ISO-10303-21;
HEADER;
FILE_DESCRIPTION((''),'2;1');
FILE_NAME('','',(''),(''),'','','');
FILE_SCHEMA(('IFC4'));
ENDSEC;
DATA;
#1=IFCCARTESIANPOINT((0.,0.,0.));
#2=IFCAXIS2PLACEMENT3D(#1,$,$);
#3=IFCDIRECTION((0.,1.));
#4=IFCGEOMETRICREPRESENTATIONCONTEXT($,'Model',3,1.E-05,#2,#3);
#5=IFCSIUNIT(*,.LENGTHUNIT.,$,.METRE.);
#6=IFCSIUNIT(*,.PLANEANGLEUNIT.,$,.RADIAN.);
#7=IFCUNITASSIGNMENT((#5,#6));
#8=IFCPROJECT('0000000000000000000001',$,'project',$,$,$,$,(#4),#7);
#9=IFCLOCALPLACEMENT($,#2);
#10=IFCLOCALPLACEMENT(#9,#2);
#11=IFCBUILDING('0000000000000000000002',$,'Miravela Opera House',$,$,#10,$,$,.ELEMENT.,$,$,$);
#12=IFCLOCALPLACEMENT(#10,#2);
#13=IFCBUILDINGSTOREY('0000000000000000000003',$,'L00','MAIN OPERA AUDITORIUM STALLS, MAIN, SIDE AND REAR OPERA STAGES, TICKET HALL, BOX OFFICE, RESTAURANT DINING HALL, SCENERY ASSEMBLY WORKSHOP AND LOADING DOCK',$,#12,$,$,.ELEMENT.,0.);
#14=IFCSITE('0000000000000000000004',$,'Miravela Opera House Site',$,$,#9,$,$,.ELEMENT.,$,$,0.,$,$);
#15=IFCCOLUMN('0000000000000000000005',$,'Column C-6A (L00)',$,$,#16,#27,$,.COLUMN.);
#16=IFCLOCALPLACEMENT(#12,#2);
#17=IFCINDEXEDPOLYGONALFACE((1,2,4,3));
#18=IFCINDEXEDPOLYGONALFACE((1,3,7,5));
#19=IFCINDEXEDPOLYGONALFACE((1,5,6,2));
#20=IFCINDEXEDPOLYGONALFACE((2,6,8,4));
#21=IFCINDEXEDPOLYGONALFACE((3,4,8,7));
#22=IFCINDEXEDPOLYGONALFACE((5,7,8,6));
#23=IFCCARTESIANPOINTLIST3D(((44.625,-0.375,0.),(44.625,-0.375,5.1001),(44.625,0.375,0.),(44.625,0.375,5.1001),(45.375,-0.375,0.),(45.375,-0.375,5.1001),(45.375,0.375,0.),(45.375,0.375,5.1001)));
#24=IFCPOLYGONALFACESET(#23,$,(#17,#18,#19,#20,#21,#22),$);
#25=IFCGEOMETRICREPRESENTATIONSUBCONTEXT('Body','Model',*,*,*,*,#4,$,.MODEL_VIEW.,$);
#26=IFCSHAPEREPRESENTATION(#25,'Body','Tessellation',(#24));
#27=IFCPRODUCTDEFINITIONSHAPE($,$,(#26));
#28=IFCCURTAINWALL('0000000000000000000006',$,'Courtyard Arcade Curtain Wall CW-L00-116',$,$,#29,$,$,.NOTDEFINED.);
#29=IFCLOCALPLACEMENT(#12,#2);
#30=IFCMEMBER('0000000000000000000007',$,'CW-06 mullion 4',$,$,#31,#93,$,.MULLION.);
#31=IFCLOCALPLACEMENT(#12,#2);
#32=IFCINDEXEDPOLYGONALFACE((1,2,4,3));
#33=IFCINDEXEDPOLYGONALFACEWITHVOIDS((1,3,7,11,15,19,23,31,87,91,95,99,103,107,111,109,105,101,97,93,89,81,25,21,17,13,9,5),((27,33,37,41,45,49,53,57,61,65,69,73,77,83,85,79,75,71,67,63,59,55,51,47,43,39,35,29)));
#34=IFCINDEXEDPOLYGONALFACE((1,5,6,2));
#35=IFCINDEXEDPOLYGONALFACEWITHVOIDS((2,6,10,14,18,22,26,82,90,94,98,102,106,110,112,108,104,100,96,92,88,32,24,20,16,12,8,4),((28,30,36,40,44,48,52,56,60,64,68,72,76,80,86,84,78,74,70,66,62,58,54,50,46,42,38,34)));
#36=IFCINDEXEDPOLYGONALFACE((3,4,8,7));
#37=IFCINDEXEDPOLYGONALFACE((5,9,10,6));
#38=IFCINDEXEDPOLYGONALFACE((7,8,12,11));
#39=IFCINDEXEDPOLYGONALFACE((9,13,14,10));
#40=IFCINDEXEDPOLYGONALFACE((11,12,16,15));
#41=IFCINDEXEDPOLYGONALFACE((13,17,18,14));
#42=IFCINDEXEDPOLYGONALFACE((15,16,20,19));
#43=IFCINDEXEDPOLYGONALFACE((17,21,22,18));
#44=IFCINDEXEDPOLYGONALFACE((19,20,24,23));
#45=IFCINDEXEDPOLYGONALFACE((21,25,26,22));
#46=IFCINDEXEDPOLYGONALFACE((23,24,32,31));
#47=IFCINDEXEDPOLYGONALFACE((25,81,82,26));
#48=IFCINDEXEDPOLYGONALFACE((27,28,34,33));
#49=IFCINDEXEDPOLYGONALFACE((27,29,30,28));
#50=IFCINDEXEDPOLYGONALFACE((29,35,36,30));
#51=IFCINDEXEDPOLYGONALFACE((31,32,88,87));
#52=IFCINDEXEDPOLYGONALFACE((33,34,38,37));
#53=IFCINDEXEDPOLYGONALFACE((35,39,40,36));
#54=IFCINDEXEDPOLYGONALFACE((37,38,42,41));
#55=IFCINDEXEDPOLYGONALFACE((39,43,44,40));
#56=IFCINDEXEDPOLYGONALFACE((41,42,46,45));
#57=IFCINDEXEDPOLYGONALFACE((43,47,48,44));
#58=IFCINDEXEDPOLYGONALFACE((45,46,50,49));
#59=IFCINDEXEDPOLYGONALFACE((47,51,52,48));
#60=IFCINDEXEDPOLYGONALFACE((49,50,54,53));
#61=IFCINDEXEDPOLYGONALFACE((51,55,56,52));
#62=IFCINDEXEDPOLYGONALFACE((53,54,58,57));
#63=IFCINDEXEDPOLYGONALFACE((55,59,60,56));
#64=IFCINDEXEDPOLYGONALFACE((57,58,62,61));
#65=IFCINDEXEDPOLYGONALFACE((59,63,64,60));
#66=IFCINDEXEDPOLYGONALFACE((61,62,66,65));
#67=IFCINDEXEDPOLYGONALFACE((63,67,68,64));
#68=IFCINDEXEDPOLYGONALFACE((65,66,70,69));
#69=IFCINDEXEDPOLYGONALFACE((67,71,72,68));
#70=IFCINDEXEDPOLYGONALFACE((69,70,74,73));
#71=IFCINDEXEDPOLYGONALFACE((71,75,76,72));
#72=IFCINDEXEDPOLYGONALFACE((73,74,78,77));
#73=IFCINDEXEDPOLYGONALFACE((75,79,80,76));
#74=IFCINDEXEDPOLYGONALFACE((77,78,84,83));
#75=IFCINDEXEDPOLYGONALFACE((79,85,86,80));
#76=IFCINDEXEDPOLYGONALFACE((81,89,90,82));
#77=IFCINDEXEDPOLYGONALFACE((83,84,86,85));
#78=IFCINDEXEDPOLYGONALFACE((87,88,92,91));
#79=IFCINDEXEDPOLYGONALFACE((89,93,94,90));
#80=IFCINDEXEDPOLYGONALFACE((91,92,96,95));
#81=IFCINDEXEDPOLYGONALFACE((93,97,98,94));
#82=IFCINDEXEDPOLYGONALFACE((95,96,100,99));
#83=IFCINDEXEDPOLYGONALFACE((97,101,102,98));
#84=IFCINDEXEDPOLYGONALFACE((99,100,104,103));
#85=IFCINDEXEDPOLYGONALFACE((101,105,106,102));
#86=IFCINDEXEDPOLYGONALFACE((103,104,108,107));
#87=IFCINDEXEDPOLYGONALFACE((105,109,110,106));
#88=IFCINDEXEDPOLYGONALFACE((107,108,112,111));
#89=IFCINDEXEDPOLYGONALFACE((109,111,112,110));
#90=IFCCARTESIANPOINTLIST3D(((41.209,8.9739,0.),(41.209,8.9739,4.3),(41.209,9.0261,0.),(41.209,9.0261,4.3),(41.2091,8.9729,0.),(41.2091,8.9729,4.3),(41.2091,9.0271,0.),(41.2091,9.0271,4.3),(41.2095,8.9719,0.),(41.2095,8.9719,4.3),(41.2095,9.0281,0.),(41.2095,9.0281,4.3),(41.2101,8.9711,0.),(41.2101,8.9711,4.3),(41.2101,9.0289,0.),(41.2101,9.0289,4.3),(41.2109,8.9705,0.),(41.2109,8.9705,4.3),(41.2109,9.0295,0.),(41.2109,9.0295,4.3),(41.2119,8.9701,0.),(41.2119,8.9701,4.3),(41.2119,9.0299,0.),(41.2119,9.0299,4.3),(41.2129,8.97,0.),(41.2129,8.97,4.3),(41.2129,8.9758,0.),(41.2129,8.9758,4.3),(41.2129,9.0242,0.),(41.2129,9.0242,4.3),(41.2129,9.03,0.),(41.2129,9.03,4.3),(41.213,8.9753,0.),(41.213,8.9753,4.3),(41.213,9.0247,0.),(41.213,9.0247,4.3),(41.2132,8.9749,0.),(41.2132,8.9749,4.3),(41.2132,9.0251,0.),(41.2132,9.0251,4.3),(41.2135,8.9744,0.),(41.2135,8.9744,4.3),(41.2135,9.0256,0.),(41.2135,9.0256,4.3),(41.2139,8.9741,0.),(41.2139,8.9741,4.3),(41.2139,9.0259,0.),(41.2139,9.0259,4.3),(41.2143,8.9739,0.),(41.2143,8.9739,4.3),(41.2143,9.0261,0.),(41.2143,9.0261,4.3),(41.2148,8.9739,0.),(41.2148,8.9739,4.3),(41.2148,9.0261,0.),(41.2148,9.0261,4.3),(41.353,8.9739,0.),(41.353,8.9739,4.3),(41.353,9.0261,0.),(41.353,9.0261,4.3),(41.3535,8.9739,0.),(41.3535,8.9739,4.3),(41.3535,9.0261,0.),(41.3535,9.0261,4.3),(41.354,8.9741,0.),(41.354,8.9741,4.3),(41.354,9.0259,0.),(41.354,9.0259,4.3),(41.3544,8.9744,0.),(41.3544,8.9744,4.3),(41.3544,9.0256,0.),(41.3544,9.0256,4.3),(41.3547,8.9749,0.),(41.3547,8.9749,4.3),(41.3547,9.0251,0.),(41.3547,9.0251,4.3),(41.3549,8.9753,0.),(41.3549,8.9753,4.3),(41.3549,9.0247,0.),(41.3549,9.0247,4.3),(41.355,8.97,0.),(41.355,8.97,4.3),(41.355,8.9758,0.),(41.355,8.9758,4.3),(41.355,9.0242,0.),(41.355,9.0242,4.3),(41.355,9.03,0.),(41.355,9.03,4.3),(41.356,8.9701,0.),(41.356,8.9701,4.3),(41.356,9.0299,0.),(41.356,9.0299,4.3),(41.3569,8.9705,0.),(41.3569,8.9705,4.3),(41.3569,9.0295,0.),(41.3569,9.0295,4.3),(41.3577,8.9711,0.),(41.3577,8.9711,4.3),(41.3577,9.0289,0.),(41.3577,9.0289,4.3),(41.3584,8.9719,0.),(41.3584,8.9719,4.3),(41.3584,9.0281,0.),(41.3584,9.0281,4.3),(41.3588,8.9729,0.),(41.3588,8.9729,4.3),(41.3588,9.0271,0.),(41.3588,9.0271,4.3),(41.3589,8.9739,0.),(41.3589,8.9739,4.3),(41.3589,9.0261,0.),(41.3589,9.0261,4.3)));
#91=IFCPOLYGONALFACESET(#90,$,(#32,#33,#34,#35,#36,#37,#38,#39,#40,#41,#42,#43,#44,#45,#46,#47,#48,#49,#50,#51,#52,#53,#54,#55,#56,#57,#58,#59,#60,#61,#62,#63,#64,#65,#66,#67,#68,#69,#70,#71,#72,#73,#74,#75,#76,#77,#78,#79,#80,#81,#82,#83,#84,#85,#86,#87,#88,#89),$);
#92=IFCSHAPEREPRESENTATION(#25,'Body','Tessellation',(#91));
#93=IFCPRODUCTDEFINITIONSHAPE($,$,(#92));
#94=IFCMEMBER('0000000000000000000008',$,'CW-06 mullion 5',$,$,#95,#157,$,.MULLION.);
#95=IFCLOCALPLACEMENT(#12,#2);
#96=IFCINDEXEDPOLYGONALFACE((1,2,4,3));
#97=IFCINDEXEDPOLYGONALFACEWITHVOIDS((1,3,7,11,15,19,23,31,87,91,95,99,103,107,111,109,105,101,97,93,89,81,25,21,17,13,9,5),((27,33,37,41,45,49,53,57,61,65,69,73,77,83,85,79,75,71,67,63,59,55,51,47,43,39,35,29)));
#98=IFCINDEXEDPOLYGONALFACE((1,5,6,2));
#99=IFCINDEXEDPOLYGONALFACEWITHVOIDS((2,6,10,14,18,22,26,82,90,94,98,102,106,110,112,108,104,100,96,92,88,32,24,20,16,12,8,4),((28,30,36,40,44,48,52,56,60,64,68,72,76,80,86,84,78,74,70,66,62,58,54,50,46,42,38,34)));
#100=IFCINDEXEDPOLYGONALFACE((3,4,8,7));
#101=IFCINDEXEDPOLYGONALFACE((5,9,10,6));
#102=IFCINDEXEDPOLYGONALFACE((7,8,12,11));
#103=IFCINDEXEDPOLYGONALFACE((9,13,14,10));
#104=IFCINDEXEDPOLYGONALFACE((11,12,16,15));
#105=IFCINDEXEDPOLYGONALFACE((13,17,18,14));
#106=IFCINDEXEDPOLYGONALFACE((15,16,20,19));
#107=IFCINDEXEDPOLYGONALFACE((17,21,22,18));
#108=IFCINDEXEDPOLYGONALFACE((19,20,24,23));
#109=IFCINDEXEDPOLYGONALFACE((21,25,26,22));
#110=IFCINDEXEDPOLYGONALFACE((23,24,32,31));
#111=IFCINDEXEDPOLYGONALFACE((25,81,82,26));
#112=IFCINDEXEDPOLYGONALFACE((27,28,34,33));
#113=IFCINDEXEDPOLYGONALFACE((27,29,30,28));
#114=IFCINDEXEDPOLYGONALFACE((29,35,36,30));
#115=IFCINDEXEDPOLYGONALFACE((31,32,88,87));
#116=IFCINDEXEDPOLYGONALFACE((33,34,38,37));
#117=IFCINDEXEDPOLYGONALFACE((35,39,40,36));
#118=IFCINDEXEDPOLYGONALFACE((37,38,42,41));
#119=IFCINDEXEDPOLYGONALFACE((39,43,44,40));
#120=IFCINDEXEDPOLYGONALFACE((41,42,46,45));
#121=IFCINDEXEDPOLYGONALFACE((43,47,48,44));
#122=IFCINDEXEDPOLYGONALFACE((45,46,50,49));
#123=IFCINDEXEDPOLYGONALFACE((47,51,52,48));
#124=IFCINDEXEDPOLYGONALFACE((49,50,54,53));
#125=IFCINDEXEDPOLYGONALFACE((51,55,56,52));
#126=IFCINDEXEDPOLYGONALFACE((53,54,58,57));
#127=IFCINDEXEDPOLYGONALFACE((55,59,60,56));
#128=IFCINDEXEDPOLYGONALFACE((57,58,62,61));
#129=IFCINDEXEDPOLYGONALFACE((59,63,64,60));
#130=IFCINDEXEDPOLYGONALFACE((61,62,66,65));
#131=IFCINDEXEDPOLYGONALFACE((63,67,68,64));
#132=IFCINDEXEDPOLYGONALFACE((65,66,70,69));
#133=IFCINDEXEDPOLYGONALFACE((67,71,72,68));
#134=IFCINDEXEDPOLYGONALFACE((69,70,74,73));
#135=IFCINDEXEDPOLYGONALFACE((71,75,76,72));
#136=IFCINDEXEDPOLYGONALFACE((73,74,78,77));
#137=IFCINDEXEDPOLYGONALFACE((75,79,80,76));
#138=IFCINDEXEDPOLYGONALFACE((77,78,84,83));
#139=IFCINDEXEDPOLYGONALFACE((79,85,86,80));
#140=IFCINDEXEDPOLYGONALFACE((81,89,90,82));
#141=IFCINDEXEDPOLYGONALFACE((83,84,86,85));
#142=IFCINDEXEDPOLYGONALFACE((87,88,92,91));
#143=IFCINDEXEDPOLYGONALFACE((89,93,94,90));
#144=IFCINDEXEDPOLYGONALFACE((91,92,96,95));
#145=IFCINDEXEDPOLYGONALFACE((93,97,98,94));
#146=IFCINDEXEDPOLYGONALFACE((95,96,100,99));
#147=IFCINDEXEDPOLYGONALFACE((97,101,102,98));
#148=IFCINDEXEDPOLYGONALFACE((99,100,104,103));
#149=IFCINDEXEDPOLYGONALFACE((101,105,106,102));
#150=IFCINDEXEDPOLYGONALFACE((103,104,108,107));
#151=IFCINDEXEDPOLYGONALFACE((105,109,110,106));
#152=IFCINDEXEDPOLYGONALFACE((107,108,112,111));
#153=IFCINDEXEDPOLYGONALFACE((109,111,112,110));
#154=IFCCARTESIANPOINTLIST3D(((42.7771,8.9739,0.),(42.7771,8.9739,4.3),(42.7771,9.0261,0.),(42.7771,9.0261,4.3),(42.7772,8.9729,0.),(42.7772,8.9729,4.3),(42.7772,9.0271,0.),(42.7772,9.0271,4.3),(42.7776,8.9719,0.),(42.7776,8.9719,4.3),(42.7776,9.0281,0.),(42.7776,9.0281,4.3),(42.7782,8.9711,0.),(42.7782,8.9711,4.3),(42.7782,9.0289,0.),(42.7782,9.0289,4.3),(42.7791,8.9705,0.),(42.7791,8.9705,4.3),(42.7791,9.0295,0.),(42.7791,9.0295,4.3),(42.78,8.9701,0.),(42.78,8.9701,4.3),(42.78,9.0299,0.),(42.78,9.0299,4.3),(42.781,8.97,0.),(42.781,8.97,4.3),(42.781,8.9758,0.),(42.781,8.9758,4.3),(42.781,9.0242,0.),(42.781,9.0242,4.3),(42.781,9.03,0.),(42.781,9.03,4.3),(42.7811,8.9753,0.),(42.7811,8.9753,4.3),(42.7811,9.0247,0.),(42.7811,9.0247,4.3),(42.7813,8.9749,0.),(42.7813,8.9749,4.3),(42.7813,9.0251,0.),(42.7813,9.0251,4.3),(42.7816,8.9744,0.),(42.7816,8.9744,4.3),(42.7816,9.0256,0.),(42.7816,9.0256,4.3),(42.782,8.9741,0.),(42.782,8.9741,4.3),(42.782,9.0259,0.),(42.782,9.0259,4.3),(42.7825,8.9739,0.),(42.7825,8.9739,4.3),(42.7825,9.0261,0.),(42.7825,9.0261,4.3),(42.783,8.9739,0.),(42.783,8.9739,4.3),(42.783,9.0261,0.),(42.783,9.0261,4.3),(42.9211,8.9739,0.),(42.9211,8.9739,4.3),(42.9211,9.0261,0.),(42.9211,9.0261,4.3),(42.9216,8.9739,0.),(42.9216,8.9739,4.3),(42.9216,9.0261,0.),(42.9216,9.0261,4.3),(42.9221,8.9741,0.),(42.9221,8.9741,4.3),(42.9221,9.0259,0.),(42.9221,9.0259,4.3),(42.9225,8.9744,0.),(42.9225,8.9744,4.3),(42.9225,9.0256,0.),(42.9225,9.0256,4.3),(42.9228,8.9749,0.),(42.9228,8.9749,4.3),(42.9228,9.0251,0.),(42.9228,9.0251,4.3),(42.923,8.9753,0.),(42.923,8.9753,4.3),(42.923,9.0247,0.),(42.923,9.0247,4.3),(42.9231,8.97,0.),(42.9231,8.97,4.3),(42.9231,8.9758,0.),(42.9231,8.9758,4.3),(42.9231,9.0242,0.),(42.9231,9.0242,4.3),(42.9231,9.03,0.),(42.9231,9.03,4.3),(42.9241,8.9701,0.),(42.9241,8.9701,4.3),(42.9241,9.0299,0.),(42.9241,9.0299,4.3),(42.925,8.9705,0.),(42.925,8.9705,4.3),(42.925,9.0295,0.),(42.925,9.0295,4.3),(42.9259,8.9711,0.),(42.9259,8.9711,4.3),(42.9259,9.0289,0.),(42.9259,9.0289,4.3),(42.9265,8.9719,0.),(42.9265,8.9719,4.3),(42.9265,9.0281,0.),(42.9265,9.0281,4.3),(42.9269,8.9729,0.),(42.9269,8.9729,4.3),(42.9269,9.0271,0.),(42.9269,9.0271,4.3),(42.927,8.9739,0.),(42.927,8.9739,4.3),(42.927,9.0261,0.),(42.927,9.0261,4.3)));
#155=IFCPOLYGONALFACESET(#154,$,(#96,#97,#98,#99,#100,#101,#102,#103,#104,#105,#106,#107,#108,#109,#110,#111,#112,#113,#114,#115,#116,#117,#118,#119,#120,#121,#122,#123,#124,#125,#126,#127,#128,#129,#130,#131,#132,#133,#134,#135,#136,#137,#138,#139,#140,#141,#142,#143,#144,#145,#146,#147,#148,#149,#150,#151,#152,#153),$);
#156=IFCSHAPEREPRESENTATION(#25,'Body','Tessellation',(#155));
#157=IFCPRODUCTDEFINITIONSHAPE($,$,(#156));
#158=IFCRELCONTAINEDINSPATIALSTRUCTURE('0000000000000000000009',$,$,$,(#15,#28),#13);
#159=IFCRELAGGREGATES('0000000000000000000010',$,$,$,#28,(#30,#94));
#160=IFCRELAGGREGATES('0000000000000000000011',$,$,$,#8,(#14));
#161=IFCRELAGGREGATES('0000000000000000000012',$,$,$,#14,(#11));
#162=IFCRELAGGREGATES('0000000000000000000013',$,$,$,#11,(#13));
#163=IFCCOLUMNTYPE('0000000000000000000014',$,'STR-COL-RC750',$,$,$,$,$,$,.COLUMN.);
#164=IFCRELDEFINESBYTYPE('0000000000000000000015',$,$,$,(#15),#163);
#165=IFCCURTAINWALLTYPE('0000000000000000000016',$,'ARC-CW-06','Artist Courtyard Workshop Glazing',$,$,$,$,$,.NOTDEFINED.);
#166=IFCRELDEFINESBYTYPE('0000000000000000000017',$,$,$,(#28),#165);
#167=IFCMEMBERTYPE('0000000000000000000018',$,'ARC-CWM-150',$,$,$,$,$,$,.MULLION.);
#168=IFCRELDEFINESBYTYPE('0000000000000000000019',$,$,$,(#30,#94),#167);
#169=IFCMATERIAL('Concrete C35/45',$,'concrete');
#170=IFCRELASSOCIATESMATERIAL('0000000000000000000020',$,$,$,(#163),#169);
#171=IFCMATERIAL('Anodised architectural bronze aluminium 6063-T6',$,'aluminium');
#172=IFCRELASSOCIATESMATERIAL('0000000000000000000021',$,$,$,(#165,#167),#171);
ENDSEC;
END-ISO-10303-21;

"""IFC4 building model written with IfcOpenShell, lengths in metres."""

from ifc_helpers import new_model, si_unit, direction, frame, origin, origin_2d, place, context, subcontext, project, spatial, rectangle, hollow_rectangle, extrude, material, material_profile, profile_set, type_object, element, aggregate, save


model = new_model("IFC4")

# Units and contexts
model_context = context("Model", 3, precision=1e-05, world=origin(), true_north=direction((0.0, 1.0)))
body_context = subcontext(model_context, "Body", "Model", "MODEL_VIEW")
ifc_project = project(units=[si_unit("LENGTHUNIT", "METRE"), si_unit("PLANEANGLEUNIT", "RADIAN")], contexts=[model_context])

# Site, building, storey
site_placement = place(None, origin())
site = spatial("IfcSite", under=ifc_project, at=site_placement, Name="Miravela Opera House Site", CompositionType="ELEMENT", RefElevation=0.0)
building_placement = place(site_placement, origin())
building = spatial("IfcBuilding", under=site, at=building_placement, Name="Miravela Opera House", CompositionType="ELEMENT")
storey_placement = place(building_placement, origin())
storey = spatial("IfcBuildingStorey", under=building, at=storey_placement, Name="L00", Description="MAIN OPERA AUDITORIUM STALLS, MAIN, SIDE AND REAR OPERA STAGES, TICKET HALL, BOX OFFICE, RESTAURANT DINING HALL, SCENERY ASSEMBLY WORKSHOP AND LOADING DOCK", CompositionType="ELEMENT", Elevation=0.0)

# Column
ifc_material_1 = material(Name="Concrete C35/45", Category="concrete")
ifc_material_profile_1 = material_profile(ifc_material_1, rectangle(XDim=0.75, YDim=0.75, at=origin_2d()), Name="RC-COL-750X750")
ifc_profile_set_1 = profile_set([ifc_material_profile_1])
column_type = type_object("IfcColumnType", Name="STR-COL-RC750", PredefinedType="COLUMN", material=ifc_profile_set_1)
column_placement = place(storey_placement, frame((45.0, 0.0, 0.0), z_axis=(0.0, 0.0, 1.0), x_axis=(1.0, 0.0, 0.0)))
element("IfcColumn", 1, at=column_placement, inside=storey, type_object=column_type, Name="Column C-6A (L00)", PredefinedType="COLUMN", context=body_context, shape_type="SweptSolid", body=[
    extrude(rectangle(XDim=0.75, YDim=0.75, at=origin_2d()), origin(), (0.0, 0.0, 1.0), 5.1001),
])

# Curtain wall, members
ifc_material_2 = material(Name="Anodised architectural bronze aluminium 6063-T6", Category="aluminium")
curtain_wall_type = type_object("IfcCurtainWallType", Name="ARC-CW-06", Description="Artist Courtyard Workshop Glazing", PredefinedType="NOTDEFINED", material=ifc_material_2)
curtain_wall_placement = place(storey_placement, origin())
curtain_wall = element("IfcCurtainWall", 2, at=curtain_wall_placement, inside=storey, type_object=curtain_wall_type, Name="Courtyard Arcade Curtain Wall CW-L00-116", PredefinedType="NOTDEFINED")
ifc_material_profile_2 = material_profile(ifc_material_2, hollow_rectangle(XDim=0.0601, YDim=0.1499, WallThickness=0.0039, InnerFilletRadius=0.002, OuterFilletRadius=0.0039, at=origin_2d()), Name="CWM-60X150")
ifc_profile_set_2 = profile_set([ifc_material_profile_2])
member_type_1 = type_object("IfcMemberType", Name="ARC-CWM-150", PredefinedType="MULLION", material=ifc_profile_set_2)
member_1_placement = place(storey_placement, frame((41.2839, 9.0, 0.0), z_axis=(0.0, 0.0, 1.0), x_axis=(0.0, 1.0, 0.0)))
member_1 = element("IfcMember", 3, at=member_1_placement, type_object=member_type_1, Name="CW-06 mullion 4", PredefinedType="MULLION", context=body_context, shape_type="SweptSolid", body=[
    extrude(hollow_rectangle(XDim=0.0601, YDim=0.1499, WallThickness=0.0039, InnerFilletRadius=0.002, OuterFilletRadius=0.0039, at=origin_2d()), origin(), (0.0, 0.0, 1.0), 4.3),
])
member_2_placement = place(storey_placement, frame((42.8521, 9.0, 0.0), z_axis=(0.0, 0.0, 1.0), x_axis=(0.0, 1.0, 0.0)))
member_2 = element("IfcMember", 4, at=member_2_placement, type_object=member_type_1, Name="CW-06 mullion 5", PredefinedType="MULLION", context=body_context, shape_type="SweptSolid", body=[
    extrude(hollow_rectangle(XDim=0.0601, YDim=0.1499, WallThickness=0.0039, InnerFilletRadius=0.002, OuterFilletRadius=0.0039, at=origin_2d()), origin(), (0.0, 0.0, 1.0), 4.3),
])

aggregate(curtain_wall, [member_1, member_2])

save(model, "model.ifc")
